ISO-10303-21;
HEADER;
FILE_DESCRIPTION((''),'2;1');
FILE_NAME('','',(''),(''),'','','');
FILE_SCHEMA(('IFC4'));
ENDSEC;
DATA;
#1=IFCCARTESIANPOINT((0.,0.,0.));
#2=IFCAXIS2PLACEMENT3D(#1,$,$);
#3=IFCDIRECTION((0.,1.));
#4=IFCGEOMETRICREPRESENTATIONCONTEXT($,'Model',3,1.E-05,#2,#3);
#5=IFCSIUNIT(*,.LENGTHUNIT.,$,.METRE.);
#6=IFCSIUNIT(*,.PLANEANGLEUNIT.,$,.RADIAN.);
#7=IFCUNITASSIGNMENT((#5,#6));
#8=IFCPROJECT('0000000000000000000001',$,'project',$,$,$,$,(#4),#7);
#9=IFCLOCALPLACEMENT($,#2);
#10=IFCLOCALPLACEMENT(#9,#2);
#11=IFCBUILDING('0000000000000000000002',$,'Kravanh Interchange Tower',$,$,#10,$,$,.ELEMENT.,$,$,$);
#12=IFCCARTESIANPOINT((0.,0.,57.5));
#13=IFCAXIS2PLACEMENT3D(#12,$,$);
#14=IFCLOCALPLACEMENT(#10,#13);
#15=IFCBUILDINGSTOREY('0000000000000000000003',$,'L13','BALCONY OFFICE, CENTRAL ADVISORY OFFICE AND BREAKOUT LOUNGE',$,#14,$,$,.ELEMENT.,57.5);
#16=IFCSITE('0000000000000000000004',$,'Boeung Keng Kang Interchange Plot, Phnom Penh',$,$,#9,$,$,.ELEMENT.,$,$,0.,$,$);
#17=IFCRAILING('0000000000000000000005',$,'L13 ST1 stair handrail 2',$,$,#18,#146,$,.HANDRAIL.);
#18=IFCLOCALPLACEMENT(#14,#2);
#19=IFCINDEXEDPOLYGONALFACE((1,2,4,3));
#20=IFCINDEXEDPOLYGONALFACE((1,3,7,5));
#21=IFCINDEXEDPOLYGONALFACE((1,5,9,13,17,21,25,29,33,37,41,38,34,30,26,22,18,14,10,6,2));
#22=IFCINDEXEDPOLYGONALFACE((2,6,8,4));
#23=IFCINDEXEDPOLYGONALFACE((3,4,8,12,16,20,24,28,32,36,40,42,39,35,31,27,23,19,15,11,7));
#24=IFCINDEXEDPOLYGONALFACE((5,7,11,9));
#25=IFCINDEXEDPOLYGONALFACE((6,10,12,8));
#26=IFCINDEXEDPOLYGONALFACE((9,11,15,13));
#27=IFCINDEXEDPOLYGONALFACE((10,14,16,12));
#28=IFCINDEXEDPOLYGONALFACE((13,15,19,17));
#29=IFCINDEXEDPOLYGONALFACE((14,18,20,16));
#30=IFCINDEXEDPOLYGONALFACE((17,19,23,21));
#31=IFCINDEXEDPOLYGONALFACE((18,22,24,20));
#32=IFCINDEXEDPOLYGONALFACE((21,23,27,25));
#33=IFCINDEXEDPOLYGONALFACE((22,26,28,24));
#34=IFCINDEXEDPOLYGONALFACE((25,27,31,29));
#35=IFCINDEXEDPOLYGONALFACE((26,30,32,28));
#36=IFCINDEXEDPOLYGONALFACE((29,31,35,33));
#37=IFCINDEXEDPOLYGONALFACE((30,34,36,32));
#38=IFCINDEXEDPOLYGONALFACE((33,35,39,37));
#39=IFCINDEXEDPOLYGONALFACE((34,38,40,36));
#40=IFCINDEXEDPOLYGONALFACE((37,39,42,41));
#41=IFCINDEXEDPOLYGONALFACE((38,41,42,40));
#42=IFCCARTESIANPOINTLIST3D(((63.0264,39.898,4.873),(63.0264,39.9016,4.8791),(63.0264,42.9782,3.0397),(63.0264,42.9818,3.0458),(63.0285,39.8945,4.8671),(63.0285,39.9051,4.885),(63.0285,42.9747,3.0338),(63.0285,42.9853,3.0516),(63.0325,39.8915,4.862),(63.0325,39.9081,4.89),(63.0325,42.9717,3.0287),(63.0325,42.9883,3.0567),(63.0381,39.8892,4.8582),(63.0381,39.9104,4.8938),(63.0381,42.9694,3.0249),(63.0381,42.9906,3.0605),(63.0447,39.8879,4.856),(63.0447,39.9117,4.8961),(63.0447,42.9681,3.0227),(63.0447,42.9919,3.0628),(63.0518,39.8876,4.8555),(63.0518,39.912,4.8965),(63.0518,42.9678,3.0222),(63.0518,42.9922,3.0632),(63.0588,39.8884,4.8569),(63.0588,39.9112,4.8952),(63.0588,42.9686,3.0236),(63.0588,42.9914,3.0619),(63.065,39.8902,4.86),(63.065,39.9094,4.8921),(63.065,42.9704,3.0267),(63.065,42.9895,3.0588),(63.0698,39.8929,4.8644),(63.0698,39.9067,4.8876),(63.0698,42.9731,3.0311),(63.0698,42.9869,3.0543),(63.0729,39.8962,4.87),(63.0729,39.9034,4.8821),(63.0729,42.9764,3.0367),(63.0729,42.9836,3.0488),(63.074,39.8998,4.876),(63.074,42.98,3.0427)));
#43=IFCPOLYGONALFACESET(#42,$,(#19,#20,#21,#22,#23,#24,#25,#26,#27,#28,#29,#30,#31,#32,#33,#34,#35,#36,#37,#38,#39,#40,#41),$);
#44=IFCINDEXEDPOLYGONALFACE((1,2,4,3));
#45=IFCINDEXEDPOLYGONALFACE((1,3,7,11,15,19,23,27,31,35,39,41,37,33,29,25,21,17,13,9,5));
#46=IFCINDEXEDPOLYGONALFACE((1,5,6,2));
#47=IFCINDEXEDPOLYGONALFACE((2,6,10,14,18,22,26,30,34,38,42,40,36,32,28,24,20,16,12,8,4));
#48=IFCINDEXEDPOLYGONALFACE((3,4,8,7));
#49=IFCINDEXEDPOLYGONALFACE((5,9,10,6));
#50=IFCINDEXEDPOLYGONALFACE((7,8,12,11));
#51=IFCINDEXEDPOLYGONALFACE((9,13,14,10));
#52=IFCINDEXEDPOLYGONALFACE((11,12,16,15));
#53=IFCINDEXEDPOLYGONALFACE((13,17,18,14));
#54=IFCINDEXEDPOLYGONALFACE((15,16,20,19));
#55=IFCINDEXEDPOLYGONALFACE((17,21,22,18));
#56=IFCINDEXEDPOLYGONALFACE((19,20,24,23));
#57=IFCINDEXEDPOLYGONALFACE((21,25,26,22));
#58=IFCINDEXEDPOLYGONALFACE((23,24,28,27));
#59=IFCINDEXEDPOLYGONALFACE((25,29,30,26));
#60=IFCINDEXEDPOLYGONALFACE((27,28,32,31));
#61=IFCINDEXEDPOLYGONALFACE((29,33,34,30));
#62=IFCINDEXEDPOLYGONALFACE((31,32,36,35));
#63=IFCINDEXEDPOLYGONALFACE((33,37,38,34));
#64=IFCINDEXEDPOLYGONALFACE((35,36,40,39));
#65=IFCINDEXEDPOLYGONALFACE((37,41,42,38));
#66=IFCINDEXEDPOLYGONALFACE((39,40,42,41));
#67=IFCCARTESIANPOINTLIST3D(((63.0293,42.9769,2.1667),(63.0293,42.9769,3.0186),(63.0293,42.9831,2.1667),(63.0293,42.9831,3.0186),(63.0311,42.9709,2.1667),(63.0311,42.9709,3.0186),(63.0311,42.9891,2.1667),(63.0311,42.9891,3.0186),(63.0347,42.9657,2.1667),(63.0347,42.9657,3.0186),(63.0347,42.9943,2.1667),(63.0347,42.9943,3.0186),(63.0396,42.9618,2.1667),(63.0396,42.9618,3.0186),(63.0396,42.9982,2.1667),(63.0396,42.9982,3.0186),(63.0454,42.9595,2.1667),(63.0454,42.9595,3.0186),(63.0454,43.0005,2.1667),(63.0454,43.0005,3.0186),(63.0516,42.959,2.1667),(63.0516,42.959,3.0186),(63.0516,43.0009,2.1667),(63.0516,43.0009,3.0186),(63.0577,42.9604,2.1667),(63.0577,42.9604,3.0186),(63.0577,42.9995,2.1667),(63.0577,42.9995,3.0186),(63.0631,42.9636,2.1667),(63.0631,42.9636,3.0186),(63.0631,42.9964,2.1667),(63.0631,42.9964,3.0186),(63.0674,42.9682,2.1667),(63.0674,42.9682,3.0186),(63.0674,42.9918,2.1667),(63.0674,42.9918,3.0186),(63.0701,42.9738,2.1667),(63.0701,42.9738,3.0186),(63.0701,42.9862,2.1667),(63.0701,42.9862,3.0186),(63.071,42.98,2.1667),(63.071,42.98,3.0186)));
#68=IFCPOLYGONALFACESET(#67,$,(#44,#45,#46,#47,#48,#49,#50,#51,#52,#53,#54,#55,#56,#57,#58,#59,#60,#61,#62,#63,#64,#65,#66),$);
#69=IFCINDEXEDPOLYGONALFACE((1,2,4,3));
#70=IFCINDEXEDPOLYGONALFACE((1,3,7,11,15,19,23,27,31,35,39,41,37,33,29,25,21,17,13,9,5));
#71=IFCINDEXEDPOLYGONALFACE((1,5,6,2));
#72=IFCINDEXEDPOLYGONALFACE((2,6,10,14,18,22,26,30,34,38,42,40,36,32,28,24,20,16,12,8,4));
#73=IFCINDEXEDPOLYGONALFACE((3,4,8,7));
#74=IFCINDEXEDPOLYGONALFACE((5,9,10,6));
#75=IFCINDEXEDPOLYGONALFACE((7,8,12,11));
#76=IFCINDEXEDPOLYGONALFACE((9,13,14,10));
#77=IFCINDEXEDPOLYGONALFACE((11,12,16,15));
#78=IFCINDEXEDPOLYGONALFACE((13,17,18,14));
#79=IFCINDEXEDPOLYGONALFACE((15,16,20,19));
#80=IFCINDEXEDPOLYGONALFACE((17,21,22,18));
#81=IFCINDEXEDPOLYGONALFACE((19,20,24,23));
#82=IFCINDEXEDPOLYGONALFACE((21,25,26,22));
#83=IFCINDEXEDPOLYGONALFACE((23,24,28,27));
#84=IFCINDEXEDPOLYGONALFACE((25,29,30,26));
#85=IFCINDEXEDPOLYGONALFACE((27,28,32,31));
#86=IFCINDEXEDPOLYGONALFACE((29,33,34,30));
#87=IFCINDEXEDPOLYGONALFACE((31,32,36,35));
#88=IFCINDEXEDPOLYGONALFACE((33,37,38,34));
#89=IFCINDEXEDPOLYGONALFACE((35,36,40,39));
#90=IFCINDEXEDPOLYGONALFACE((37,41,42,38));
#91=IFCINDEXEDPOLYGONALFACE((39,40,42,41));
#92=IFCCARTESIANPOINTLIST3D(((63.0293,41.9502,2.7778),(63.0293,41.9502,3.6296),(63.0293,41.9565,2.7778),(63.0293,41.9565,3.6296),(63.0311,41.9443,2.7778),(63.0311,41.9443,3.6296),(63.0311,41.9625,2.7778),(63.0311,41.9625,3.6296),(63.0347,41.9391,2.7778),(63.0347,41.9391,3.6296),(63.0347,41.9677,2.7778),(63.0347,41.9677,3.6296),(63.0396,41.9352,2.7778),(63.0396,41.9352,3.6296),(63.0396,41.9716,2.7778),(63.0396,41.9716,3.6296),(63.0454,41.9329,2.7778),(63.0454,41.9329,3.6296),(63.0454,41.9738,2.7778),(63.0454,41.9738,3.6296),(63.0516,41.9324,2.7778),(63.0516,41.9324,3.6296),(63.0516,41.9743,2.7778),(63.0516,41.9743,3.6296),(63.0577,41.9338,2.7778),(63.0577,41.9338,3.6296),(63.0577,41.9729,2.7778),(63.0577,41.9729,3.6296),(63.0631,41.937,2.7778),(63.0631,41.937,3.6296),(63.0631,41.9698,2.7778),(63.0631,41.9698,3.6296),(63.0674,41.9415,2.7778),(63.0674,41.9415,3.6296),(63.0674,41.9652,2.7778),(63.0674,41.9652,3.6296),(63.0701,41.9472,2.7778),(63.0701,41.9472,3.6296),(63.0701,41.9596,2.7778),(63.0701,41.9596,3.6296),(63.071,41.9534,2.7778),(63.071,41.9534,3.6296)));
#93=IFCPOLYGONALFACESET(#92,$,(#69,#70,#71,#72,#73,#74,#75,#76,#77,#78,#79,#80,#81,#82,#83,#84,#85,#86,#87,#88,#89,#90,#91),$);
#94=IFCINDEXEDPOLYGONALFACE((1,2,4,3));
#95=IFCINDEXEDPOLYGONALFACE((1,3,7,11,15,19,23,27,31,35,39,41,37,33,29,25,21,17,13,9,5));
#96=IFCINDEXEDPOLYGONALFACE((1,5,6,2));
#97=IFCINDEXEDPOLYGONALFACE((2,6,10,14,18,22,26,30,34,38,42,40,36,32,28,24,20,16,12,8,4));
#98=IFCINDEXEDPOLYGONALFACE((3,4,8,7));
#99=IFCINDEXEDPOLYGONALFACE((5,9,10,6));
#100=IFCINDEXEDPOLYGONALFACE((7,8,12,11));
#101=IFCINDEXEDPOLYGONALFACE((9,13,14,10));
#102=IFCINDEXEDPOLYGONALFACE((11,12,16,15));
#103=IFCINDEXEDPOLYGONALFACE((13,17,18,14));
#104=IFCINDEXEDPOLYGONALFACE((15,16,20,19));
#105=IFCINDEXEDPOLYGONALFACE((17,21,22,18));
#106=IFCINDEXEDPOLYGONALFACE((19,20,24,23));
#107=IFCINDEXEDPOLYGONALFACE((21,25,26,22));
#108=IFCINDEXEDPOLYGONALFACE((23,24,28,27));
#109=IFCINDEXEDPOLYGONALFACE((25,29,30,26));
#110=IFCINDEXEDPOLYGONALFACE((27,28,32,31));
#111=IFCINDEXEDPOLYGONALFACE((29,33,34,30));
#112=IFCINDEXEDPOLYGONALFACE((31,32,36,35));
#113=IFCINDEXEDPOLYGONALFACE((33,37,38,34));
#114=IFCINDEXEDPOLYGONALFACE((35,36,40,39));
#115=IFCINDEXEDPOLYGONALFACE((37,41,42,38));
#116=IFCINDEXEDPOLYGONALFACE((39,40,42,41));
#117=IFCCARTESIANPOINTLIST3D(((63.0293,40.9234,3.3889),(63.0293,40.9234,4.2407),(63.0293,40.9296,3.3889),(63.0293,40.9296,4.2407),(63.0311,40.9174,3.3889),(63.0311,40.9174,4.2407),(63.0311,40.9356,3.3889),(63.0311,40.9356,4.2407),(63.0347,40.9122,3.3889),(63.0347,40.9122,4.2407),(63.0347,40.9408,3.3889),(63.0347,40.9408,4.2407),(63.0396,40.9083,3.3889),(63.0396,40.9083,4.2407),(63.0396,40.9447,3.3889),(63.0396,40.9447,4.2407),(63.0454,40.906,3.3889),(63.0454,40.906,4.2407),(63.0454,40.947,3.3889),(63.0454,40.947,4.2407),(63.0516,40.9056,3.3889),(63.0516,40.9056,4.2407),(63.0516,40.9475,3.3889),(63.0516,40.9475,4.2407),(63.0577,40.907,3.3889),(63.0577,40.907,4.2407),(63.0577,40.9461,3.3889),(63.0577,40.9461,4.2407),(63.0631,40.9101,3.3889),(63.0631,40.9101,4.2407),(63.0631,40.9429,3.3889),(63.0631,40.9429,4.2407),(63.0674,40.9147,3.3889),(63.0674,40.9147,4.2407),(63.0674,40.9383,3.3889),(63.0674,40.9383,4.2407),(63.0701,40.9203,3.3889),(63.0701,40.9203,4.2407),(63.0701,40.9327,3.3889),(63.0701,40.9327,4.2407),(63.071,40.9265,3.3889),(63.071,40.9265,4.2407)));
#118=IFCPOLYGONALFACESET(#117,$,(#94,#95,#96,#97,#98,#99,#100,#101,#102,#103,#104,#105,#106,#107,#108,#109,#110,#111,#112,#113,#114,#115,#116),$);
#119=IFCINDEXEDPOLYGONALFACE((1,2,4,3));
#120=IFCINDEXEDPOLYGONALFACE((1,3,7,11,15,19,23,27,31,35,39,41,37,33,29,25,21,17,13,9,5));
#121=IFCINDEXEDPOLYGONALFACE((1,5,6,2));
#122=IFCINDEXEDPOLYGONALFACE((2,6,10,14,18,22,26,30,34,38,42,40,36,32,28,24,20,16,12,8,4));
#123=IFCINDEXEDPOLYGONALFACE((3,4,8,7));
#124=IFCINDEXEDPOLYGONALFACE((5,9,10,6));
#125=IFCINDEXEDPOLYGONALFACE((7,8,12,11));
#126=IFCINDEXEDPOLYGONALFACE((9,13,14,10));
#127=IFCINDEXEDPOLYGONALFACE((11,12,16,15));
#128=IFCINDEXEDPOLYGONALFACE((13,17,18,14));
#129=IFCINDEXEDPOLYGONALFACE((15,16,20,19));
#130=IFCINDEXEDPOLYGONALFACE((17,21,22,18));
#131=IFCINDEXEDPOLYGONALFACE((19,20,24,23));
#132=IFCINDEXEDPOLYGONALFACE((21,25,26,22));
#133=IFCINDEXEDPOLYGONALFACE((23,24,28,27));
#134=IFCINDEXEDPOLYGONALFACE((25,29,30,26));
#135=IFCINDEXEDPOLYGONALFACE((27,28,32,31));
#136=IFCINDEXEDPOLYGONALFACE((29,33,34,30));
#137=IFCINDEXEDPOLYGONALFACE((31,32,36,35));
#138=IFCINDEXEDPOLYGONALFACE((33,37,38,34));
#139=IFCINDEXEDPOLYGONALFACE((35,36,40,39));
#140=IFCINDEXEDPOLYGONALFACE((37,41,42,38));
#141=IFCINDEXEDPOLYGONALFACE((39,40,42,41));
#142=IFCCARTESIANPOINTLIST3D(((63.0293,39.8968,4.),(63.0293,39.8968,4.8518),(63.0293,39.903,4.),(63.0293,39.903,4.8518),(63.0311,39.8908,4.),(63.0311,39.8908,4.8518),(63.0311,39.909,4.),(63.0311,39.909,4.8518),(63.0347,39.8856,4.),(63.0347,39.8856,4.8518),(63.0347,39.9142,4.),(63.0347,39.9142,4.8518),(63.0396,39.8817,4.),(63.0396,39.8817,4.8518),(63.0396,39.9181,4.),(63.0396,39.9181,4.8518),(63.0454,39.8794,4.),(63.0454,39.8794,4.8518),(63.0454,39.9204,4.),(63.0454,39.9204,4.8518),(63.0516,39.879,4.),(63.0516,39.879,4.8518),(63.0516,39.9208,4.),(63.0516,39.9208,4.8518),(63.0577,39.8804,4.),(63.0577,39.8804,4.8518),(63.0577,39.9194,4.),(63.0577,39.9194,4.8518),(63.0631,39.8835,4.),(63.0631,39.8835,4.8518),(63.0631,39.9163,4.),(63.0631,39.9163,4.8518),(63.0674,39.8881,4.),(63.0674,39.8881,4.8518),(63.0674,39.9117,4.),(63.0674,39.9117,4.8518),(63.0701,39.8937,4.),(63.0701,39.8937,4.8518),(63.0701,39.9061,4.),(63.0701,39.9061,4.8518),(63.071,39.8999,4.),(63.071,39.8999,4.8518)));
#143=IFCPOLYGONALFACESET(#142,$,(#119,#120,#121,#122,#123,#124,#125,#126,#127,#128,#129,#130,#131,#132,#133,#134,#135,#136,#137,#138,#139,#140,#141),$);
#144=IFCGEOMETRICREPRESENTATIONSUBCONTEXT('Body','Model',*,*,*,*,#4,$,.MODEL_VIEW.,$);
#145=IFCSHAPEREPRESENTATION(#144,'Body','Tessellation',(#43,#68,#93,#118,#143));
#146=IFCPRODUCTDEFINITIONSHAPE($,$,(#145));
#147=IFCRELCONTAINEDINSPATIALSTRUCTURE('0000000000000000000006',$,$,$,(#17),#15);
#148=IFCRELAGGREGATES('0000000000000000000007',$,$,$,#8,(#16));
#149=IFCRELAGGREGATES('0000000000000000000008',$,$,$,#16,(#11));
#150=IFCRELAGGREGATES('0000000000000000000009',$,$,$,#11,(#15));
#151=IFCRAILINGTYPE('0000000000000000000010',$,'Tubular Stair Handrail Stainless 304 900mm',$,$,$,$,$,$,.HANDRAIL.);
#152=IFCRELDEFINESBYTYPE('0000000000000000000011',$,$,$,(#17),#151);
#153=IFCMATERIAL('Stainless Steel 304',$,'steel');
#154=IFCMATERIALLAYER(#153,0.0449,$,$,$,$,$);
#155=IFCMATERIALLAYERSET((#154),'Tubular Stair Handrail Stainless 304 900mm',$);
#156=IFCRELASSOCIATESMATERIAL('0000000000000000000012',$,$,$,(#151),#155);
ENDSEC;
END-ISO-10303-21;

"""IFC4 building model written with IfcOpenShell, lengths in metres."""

from ifc_helpers import new_model, si_unit, direction, frame, origin, origin_2d, place, context, subcontext, project, spatial, circle, extrude, material, layer, layer_set, type_object, element, save


model = new_model("IFC4")

# Units and contexts
model_context = context("Model", 3, precision=1e-05, world=origin(), true_north=direction((0.0, 1.0)))
body_context = subcontext(model_context, "Body", "Model", "MODEL_VIEW")
ifc_project = project(units=[si_unit("LENGTHUNIT", "METRE"), si_unit("PLANEANGLEUNIT", "RADIAN")], contexts=[model_context])

# Site, building, storey
site_placement = place(None, origin())
site = spatial("IfcSite", under=ifc_project, at=site_placement, Name="Boeung Keng Kang Interchange Plot, Phnom Penh", CompositionType="ELEMENT", RefElevation=0.0)
building_placement = place(site_placement, origin())
building = spatial("IfcBuilding", under=site, at=building_placement, Name="Kravanh Interchange Tower", CompositionType="ELEMENT")
storey_placement = place(building_placement, frame((0.0, 0.0, 57.5)))
storey = spatial("IfcBuildingStorey", under=building, at=storey_placement, Name="L13", Description="BALCONY OFFICE, CENTRAL ADVISORY OFFICE AND BREAKOUT LOUNGE", CompositionType="ELEMENT", Elevation=57.5)

# Railing
ifc_material_1 = material(Name="Stainless Steel 304", Category="steel")
ifc_layer_1 = layer(ifc_material_1, 0.0449)
ifc_layer_set_1 = layer_set([ifc_layer_1], Name="Tubular Stair Handrail Stainless 304 900mm")
railing_type_1 = type_object("IfcRailingType", Name="Tubular Stair Handrail Stainless 304 900mm", PredefinedType="HANDRAIL", material=ifc_layer_set_1)
railing_1_placement = place(storey_placement, frame((63.05, 42.98, 2.1667)))
element("IfcRailing", 1, at=railing_1_placement, inside=storey, type_object=railing_type_1, Name="L13 ST1 stair handrail 2", PredefinedType="HANDRAIL", context=body_context, shape_type="SweptSolid", body=[
    extrude(circle(Radius=0.0239, at=origin_2d()), frame((0.0, 0.0, 0.876), z_axis=(0.0, -0.859309, 0.511458), x_axis=(1.0, 0.0, 0.0)), (0.0, 0.0, 1.0), 3.5845),
    extrude(circle(Radius=0.021, at=origin_2d()), origin(), (0.0, 0.0, 1.0), 0.8518),
    extrude(circle(Radius=0.021, at=origin_2d()), frame((0.0, -1.0266, 0.6111)), (0.0, 0.0, 1.0), 0.8518),
    extrude(circle(Radius=0.021, at=origin_2d()), frame((0.0, -2.0535, 1.2222)), (0.0, 0.0, 1.0), 0.8518),
    extrude(circle(Radius=0.021, at=origin_2d()), frame((0.0, -3.0801, 1.8333)), (0.0, 0.0, 1.0), 0.8518),
])

save(model, "model.ifc")
